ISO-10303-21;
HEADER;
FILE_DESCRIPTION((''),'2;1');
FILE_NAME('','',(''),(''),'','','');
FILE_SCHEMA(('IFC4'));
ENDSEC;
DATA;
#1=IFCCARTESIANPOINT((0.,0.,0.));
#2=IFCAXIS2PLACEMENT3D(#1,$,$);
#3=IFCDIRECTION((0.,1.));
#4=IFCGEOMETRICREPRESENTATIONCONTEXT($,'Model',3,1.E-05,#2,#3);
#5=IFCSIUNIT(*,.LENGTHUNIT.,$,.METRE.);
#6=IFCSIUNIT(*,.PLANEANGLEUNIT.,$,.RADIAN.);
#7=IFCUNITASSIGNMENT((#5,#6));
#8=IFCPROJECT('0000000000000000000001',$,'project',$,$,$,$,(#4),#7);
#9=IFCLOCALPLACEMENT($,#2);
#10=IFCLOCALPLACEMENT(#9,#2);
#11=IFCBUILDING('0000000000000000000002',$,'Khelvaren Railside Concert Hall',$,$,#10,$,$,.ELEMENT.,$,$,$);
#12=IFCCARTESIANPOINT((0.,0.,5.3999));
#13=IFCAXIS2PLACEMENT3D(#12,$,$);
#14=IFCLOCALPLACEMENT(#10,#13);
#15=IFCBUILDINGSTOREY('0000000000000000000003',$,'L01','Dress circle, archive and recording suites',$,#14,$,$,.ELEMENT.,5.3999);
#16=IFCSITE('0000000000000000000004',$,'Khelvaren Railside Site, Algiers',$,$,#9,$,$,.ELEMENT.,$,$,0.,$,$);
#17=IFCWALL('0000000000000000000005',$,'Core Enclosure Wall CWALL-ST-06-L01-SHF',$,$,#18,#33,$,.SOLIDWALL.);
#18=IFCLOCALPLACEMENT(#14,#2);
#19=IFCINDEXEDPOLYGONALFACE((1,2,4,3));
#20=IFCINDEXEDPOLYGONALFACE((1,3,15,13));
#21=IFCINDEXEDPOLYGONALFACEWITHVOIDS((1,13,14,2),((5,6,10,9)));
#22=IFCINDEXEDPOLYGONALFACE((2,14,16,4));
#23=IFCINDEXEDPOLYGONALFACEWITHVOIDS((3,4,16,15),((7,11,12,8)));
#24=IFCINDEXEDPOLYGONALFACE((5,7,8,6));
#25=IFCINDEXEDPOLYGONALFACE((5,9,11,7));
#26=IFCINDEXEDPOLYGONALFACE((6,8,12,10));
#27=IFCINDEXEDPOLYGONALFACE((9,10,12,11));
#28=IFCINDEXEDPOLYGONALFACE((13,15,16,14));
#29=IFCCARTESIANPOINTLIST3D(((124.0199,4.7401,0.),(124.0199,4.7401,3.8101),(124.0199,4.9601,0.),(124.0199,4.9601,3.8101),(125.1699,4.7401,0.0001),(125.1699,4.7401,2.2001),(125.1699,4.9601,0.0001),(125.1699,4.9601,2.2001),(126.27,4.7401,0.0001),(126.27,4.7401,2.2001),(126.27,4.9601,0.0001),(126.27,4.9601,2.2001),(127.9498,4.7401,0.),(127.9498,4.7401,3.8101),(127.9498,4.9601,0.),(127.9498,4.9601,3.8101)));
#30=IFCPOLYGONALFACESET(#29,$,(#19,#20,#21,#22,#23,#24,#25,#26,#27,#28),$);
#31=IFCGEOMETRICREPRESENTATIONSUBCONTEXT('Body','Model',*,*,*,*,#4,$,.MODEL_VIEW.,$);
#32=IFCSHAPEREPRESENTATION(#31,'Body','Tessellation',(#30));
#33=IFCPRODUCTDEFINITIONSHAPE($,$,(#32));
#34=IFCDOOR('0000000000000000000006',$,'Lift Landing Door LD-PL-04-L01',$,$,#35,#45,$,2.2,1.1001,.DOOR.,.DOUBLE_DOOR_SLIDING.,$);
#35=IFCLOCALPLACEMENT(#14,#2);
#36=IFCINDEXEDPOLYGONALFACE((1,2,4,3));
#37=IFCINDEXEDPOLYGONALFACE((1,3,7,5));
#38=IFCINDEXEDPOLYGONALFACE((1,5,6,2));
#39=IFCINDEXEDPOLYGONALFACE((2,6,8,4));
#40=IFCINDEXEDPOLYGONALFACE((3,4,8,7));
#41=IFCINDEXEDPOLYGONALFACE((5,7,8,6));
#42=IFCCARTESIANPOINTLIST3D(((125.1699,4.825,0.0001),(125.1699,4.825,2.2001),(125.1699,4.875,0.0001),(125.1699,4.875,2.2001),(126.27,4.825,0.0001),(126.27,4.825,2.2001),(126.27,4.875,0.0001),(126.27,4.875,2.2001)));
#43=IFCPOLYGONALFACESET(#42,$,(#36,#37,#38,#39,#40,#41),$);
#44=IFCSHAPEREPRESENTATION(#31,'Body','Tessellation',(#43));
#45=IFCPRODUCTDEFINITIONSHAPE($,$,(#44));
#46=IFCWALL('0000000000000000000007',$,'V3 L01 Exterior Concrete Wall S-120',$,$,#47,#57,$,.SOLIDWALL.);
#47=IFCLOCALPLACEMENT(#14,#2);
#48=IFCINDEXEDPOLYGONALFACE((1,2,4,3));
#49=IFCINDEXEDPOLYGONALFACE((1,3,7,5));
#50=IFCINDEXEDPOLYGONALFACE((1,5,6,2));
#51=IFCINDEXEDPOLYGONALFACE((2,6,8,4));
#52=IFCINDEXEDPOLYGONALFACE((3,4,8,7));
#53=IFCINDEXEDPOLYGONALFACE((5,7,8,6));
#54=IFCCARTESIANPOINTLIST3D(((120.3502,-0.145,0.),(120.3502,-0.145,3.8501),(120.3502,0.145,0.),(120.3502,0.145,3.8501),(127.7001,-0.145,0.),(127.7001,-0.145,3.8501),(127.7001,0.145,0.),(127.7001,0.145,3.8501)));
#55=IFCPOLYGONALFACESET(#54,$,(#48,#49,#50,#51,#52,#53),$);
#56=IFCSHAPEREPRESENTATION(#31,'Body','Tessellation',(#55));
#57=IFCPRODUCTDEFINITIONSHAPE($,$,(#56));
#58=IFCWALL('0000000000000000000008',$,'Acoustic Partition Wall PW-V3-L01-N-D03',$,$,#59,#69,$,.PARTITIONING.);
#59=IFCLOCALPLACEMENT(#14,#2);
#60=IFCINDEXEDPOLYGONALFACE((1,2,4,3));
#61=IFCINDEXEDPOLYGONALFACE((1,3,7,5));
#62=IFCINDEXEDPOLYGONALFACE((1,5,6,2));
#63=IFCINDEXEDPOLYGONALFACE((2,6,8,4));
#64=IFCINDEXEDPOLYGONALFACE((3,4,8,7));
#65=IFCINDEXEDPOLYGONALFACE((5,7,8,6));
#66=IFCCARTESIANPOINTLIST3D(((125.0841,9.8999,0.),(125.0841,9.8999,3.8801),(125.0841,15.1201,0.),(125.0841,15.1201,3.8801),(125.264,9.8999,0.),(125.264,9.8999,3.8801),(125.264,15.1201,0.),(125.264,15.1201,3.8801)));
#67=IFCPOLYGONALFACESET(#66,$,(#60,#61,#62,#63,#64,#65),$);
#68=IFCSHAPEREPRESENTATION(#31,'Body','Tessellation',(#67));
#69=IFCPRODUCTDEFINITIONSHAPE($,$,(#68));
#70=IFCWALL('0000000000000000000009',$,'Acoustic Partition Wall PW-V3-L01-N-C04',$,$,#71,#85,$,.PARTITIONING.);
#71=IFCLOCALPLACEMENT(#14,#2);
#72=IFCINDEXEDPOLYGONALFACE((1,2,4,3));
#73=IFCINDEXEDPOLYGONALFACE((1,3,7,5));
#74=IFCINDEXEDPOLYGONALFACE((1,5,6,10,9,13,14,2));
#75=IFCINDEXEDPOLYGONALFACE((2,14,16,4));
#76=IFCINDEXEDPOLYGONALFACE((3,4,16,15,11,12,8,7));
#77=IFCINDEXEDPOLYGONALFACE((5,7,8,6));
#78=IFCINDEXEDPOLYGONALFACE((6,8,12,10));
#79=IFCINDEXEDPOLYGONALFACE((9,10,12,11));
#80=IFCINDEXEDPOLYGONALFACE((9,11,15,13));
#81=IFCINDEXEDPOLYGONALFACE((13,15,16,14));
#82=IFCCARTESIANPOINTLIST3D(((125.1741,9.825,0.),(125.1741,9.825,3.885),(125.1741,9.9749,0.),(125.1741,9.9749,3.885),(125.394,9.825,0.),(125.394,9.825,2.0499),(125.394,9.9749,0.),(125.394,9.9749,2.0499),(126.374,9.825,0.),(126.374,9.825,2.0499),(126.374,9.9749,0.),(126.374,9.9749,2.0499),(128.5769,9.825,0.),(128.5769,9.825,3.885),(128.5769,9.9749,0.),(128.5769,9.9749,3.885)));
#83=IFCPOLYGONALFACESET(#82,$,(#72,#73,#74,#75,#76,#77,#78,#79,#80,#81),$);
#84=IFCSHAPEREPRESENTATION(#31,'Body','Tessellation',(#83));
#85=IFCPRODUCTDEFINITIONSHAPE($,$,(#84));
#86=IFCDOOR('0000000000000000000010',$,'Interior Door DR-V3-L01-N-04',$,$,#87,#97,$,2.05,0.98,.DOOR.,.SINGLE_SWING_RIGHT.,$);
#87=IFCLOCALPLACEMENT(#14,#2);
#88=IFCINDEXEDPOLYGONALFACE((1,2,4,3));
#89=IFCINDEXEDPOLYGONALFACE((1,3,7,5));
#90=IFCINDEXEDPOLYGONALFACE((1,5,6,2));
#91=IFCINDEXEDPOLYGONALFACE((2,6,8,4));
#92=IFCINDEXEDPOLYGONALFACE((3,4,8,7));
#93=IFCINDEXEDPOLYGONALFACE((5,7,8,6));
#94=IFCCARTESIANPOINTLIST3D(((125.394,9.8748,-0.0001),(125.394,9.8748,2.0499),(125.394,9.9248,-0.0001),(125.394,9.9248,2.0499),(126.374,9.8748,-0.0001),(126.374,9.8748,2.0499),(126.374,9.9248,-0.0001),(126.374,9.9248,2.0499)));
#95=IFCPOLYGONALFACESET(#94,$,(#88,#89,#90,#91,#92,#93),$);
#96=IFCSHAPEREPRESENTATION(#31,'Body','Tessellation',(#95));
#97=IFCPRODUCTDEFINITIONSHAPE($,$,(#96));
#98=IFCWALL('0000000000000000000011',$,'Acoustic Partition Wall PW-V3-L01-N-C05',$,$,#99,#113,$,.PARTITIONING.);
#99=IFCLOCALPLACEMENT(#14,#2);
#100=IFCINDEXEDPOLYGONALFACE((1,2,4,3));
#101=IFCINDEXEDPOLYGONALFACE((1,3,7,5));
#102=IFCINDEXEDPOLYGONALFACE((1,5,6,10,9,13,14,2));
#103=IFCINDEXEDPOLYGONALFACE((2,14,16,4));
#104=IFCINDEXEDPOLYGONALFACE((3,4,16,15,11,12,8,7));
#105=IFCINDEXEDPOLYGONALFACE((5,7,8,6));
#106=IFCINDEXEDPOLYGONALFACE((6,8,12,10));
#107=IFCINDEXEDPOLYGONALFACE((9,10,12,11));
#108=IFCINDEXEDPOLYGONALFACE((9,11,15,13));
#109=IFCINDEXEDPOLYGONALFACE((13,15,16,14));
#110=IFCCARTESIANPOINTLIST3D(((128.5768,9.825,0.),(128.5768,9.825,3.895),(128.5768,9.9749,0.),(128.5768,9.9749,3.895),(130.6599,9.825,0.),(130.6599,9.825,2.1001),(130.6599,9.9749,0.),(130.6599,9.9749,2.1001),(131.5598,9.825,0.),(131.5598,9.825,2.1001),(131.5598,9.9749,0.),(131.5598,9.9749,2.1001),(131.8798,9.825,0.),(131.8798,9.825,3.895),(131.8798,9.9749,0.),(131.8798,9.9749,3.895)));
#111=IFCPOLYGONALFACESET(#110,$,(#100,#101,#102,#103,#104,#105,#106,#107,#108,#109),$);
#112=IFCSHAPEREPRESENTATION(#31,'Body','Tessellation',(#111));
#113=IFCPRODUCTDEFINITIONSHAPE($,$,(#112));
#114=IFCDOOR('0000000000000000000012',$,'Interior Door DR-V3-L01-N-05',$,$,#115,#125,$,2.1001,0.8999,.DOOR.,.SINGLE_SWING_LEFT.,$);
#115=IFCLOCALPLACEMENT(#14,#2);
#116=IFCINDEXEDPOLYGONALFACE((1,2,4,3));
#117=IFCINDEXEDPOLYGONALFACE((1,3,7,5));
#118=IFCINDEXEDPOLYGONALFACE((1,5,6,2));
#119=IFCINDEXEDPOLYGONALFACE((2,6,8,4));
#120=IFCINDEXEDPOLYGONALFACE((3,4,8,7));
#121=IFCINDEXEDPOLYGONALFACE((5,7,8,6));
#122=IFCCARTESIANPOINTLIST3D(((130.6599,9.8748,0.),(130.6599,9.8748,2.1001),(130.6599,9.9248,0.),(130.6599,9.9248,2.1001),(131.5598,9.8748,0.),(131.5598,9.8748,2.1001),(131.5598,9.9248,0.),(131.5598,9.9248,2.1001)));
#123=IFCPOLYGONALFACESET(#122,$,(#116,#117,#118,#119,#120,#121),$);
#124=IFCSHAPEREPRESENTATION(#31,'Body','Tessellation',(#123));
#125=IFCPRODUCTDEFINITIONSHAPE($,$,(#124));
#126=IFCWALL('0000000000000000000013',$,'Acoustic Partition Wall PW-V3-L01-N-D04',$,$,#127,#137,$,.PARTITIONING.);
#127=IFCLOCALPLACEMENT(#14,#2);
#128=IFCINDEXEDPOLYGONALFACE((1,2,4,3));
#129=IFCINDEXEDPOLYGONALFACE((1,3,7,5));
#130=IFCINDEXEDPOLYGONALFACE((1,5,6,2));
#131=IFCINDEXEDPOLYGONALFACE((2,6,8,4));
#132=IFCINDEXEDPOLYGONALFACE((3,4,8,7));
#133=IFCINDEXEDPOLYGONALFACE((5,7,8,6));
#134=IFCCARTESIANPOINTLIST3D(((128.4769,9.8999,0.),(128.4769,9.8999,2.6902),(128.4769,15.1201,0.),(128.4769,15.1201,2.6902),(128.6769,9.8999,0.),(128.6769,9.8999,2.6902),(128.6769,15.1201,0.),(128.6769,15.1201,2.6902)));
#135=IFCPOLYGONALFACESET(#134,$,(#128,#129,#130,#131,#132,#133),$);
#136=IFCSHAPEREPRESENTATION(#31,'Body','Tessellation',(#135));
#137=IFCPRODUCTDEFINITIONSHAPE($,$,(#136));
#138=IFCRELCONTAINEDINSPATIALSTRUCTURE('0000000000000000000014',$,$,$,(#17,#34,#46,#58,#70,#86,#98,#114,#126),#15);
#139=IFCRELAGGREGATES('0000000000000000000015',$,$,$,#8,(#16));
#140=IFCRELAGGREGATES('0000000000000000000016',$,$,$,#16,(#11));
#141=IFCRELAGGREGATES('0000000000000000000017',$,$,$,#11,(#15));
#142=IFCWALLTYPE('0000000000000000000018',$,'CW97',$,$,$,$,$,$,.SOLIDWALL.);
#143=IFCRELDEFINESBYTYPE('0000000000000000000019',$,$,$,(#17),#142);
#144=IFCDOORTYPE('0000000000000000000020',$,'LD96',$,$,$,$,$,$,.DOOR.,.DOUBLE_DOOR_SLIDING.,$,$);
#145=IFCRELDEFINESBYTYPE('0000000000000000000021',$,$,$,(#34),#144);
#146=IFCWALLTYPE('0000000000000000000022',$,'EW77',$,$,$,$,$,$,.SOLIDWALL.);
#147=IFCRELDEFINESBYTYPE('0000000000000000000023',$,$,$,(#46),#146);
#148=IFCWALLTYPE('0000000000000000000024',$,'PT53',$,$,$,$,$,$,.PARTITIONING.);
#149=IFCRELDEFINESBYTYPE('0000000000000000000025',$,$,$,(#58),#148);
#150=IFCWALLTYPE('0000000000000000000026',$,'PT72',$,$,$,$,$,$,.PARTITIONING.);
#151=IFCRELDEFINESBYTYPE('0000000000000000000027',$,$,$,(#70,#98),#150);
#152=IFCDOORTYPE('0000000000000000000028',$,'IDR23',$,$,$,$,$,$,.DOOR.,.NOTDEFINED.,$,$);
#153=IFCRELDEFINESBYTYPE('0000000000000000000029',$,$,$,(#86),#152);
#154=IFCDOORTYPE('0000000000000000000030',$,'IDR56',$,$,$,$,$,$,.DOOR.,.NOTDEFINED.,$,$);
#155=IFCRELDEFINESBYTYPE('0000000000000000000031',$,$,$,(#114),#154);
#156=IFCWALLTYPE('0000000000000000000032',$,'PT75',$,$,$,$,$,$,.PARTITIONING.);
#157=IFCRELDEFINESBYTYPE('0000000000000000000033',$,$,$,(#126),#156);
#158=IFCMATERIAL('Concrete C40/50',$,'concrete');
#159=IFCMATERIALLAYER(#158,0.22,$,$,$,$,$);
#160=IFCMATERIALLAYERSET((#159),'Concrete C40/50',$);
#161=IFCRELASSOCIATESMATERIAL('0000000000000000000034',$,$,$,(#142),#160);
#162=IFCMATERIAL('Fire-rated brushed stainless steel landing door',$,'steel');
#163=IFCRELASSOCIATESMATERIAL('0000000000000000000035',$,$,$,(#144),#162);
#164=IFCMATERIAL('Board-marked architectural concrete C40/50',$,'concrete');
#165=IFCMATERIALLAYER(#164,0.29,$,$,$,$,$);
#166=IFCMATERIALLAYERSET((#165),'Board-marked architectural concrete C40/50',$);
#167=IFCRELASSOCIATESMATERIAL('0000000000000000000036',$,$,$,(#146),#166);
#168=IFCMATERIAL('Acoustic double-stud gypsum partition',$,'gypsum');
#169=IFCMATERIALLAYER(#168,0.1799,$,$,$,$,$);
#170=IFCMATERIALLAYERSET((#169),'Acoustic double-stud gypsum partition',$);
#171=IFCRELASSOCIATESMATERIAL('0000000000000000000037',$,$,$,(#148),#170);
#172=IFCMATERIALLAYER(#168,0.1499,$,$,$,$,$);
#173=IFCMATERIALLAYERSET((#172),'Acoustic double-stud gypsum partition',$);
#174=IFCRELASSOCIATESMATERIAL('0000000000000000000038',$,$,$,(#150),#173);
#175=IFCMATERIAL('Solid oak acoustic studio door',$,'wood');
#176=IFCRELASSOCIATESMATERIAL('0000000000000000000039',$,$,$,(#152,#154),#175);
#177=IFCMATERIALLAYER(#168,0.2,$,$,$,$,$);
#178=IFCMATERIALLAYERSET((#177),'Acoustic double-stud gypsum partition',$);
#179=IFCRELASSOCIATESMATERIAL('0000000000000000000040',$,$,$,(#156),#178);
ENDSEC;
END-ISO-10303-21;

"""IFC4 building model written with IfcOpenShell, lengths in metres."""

from ifc_helpers import new_model, si_unit, direction, frame, frame_2d, origin, place, context, subcontext, project, spatial, rectangle, extrude, material, layer, layer_set, type_object, element, fill, save


model = new_model("IFC4")

# Units and contexts
model_context = context("Model", 3, precision=1e-05, world=origin(), true_north=direction((0.0, 1.0)))
body_context = subcontext(model_context, "Body", "Model", "MODEL_VIEW")
ifc_project = project(units=[si_unit("LENGTHUNIT", "METRE"), si_unit("PLANEANGLEUNIT", "RADIAN")], contexts=[model_context])

# Site, building, storey
site_placement = place(None, origin())
site = spatial("IfcSite", under=ifc_project, at=site_placement, Name="Khelvaren Railside Site, Algiers", CompositionType="ELEMENT", RefElevation=0.0)
building_placement = place(site_placement, origin())
building = spatial("IfcBuilding", under=site, at=building_placement, Name="Khelvaren Railside Concert Hall", CompositionType="ELEMENT")
storey_placement = place(building_placement, frame((0.0, 0.0, 5.3999)))
storey = spatial("IfcBuildingStorey", under=building, at=storey_placement, Name="L01", Description="Dress circle, archive and recording suites", CompositionType="ELEMENT", Elevation=5.3999)

# Shared definitions
ifc_material_1 = material(Name="Concrete C40/50", Category="concrete")

# Wall, opening, door
ifc_layer_1 = layer(ifc_material_1, 0.22)
ifc_layer_set_1 = layer_set([ifc_layer_1], Name="Concrete C40/50")
wall_type_1 = type_object("IfcWallType", Name="CW97", PredefinedType="SOLIDWALL", material=ifc_layer_set_1)
wall_1_placement = place(storey_placement, frame((124.02, 4.8501, 0.0), z_axis=(0.0, 0.0, 1.0), x_axis=(1.0, 0.0, 0.0)))
wall_1 = element("IfcWall", 1, at=wall_1_placement, inside=storey, type_object=wall_type_1, Name="Core Enclosure Wall CWALL-ST-06-L01-SHF", PredefinedType="SOLIDWALL", context=body_context, shape_type="SweptSolid", body=[
    extrude(rectangle(XDim=3.9299, YDim=0.22, at=frame_2d((1.9648, 0.0))), origin(), (0.0, 0.0, 1.0), 3.8101),
])
opening_1_placement = place(wall_1_placement, frame((1.1499, 0.0, 0.0)))
opening_1 = element("IfcOpeningElement", 2, at=opening_1_placement, cuts=wall_1, PredefinedType="OPENING", context=body_context, shape_type="SweptSolid", body=[
    extrude(rectangle(XDim=1.1001, YDim=2.2, at=frame_2d((0.55, 1.1001))), frame((0.0, 0.1199, 0.0), z_axis=(0.0, -1.0, 0.0), x_axis=(1.0, 0.0, 0.0)), (0.0, 0.0, 1.0), 0.24),
])
ifc_material_2 = material(Name="Fire-rated brushed stainless steel landing door", Category="steel")
door_type_1 = type_object("IfcDoorType", Name="LD96", OperationType="DOUBLE_DOOR_SLIDING", PredefinedType="DOOR", material=ifc_material_2)
door_1_placement = place(opening_1_placement, origin())
door_1 = element("IfcDoor", 3, at=door_1_placement, inside=storey, type_object=door_type_1, Name="Lift Landing Door LD-PL-04-L01", OperationType="DOUBLE_DOOR_SLIDING", OverallHeight=2.2, OverallWidth=1.1001, PredefinedType="DOOR", context=body_context, shape_type="SweptSolid", body=[
    extrude(rectangle(XDim=1.1001, YDim=2.2, at=frame_2d((0.55, 1.1001))), frame((0.0, 0.0249, 0.0), z_axis=(0.0, -1.0, 0.0), x_axis=(1.0, 0.0, 0.0)), (0.0, 0.0, 1.0), 0.05),
])
fill(opening_1, door_1)

# Walls
ifc_material_3 = material(Name="Board-marked architectural concrete C40/50", Category="concrete")
ifc_layer_2 = layer(ifc_material_3, 0.29)
ifc_layer_set_2 = layer_set([ifc_layer_2], Name="Board-marked architectural concrete C40/50")
wall_type_2 = type_object("IfcWallType", Name="EW77", PredefinedType="SOLIDWALL", material=ifc_layer_set_2)
wall_2_placement = place(storey_placement, frame((127.7, 0.0, 0.0), z_axis=(0.0, 0.0, 1.0), x_axis=(-1.0, 0.0, 0.0)))
element("IfcWall", 4, at=wall_2_placement, inside=storey, type_object=wall_type_2, Name="V3 L01 Exterior Concrete Wall S-120", PredefinedType="SOLIDWALL", context=body_context, shape_type="SweptSolid", body=[
    extrude(rectangle(XDim=7.3499, YDim=0.29, at=frame_2d((3.6748, 0.0))), origin(), (0.0, 0.0, 1.0), 3.8501),
])
ifc_material_4 = material(Name="Acoustic double-stud gypsum partition", Category="gypsum")
ifc_layer_3 = layer(ifc_material_4, 0.1799)
ifc_layer_set_3 = layer_set([ifc_layer_3], Name="Acoustic double-stud gypsum partition")
wall_type_3 = type_object("IfcWallType", Name="PT53", PredefinedType="PARTITIONING", material=ifc_layer_set_3)
wall_3_placement = place(storey_placement, frame((125.1741, 9.8999, 0.0), z_axis=(0.0, 0.0, 1.0), x_axis=(0.0, 1.0, 0.0)))
element("IfcWall", 5, at=wall_3_placement, inside=storey, type_object=wall_type_3, Name="Acoustic Partition Wall PW-V3-L01-N-D03", PredefinedType="PARTITIONING", context=body_context, shape_type="SweptSolid", body=[
    extrude(rectangle(XDim=5.2202, YDim=0.1799, at=frame_2d((2.6101, 0.0))), origin(), (0.0, 0.0, 1.0), 3.8801),
])

# Walls, openings, doors
ifc_layer_4 = layer(ifc_material_4, 0.1499)
ifc_layer_set_4 = layer_set([ifc_layer_4], Name="Acoustic double-stud gypsum partition")
wall_type_4 = type_object("IfcWallType", Name="PT72", PredefinedType="PARTITIONING", material=ifc_layer_set_4)
wall_4_placement = place(storey_placement, frame((125.1741, 9.8999, 0.0), z_axis=(0.0, 0.0, 1.0), x_axis=(1.0, 0.0, 0.0)))
wall_4 = element("IfcWall", 6, at=wall_4_placement, inside=storey, type_object=wall_type_4, Name="Acoustic Partition Wall PW-V3-L01-N-C04", PredefinedType="PARTITIONING", context=body_context, shape_type="SweptSolid", body=[
    extrude(rectangle(XDim=3.4028, YDim=0.1499, at=frame_2d((1.7014, 0.0))), origin(), (0.0, 0.0, 1.0), 3.885),
])
opening_2_placement = place(wall_4_placement, frame((0.22, 0.0, 0.0)))
opening_2 = element("IfcOpeningElement", 7, at=opening_2_placement, cuts=wall_4, PredefinedType="OPENING", context=body_context, shape_type="SweptSolid", body=[
    extrude(rectangle(XDim=0.98, YDim=2.05, at=frame_2d((0.49, 1.0249))), frame((0.0, 0.085, 0.0), z_axis=(0.0, -1.0, 0.0), x_axis=(1.0, 0.0, 0.0)), (0.0, 0.0, 1.0), 0.1699),
])
ifc_material_5 = material(Name="Solid oak acoustic studio door", Category="wood")
door_type_2 = type_object("IfcDoorType", Name="IDR23", OperationType="NOTDEFINED", PredefinedType="DOOR", material=ifc_material_5)
door_2_placement = place(opening_2_placement, origin())
door_2 = element("IfcDoor", 8, at=door_2_placement, inside=storey, type_object=door_type_2, Name="Interior Door DR-V3-L01-N-04", OperationType="SINGLE_SWING_RIGHT", OverallHeight=2.05, OverallWidth=0.98, PredefinedType="DOOR", context=body_context, shape_type="SweptSolid", body=[
    extrude(rectangle(XDim=0.98, YDim=2.05, at=frame_2d((0.49, 1.0249))), frame((0.0, 0.0249, 0.0), z_axis=(0.0, -1.0, 0.0), x_axis=(1.0, 0.0, 0.0)), (0.0, 0.0, 1.0), 0.05),
])
fill(opening_2, door_2)
wall_5_placement = place(storey_placement, frame((128.5769, 9.8999, 0.0), z_axis=(0.0, 0.0, 1.0), x_axis=(1.0, 0.0, 0.0)))
wall_5 = element("IfcWall", 9, at=wall_5_placement, inside=storey, type_object=wall_type_4, Name="Acoustic Partition Wall PW-V3-L01-N-C05", PredefinedType="PARTITIONING", context=body_context, shape_type="SweptSolid", body=[
    extrude(rectangle(XDim=3.303, YDim=0.1499, at=frame_2d((1.6514, 0.0))), origin(), (0.0, 0.0, 1.0), 3.895),
])
opening_3_placement = place(wall_5_placement, frame((2.083, 0.0, 0.0)))
opening_3 = element("IfcOpeningElement", 10, at=opening_3_placement, cuts=wall_5, PredefinedType="OPENING", context=body_context, shape_type="SweptSolid", body=[
    extrude(rectangle(XDim=0.8999, YDim=2.1001, at=frame_2d((0.45, 1.05))), frame((0.0, 0.085, 0.0), z_axis=(0.0, -1.0, 0.0), x_axis=(1.0, 0.0, 0.0)), (0.0, 0.0, 1.0), 0.1699),
])
door_type_3 = type_object("IfcDoorType", Name="IDR56", OperationType="NOTDEFINED", PredefinedType="DOOR", material=ifc_material_5)
door_3_placement = place(opening_3_placement, origin())
door_3 = element("IfcDoor", 11, at=door_3_placement, inside=storey, type_object=door_type_3, Name="Interior Door DR-V3-L01-N-05", OperationType="SINGLE_SWING_LEFT", OverallHeight=2.1001, OverallWidth=0.8999, PredefinedType="DOOR", context=body_context, shape_type="SweptSolid", body=[
    extrude(rectangle(XDim=0.8999, YDim=2.1001, at=frame_2d((0.45, 1.05))), frame((0.0, 0.0249, 0.0), z_axis=(0.0, -1.0, 0.0), x_axis=(1.0, 0.0, 0.0)), (0.0, 0.0, 1.0), 0.05),
])
fill(opening_3, door_3)

# Wall
ifc_layer_5 = layer(ifc_material_4, 0.2)
ifc_layer_set_5 = layer_set([ifc_layer_5], Name="Acoustic double-stud gypsum partition")
wall_type_5 = type_object("IfcWallType", Name="PT75", PredefinedType="PARTITIONING", material=ifc_layer_set_5)
wall_6_placement = place(storey_placement, frame((128.5769, 9.8999, 0.0), z_axis=(0.0, 0.0, 1.0), x_axis=(0.0, 1.0, 0.0)))
element("IfcWall", 12, at=wall_6_placement, inside=storey, type_object=wall_type_5, Name="Acoustic Partition Wall PW-V3-L01-N-D04", PredefinedType="PARTITIONING", context=body_context, shape_type="SweptSolid", body=[
    extrude(rectangle(XDim=5.2202, YDim=0.2, at=frame_2d((2.6101, 0.0))), origin(), (0.0, 0.0, 1.0), 2.6902),
])

save(model, "model.ifc")
